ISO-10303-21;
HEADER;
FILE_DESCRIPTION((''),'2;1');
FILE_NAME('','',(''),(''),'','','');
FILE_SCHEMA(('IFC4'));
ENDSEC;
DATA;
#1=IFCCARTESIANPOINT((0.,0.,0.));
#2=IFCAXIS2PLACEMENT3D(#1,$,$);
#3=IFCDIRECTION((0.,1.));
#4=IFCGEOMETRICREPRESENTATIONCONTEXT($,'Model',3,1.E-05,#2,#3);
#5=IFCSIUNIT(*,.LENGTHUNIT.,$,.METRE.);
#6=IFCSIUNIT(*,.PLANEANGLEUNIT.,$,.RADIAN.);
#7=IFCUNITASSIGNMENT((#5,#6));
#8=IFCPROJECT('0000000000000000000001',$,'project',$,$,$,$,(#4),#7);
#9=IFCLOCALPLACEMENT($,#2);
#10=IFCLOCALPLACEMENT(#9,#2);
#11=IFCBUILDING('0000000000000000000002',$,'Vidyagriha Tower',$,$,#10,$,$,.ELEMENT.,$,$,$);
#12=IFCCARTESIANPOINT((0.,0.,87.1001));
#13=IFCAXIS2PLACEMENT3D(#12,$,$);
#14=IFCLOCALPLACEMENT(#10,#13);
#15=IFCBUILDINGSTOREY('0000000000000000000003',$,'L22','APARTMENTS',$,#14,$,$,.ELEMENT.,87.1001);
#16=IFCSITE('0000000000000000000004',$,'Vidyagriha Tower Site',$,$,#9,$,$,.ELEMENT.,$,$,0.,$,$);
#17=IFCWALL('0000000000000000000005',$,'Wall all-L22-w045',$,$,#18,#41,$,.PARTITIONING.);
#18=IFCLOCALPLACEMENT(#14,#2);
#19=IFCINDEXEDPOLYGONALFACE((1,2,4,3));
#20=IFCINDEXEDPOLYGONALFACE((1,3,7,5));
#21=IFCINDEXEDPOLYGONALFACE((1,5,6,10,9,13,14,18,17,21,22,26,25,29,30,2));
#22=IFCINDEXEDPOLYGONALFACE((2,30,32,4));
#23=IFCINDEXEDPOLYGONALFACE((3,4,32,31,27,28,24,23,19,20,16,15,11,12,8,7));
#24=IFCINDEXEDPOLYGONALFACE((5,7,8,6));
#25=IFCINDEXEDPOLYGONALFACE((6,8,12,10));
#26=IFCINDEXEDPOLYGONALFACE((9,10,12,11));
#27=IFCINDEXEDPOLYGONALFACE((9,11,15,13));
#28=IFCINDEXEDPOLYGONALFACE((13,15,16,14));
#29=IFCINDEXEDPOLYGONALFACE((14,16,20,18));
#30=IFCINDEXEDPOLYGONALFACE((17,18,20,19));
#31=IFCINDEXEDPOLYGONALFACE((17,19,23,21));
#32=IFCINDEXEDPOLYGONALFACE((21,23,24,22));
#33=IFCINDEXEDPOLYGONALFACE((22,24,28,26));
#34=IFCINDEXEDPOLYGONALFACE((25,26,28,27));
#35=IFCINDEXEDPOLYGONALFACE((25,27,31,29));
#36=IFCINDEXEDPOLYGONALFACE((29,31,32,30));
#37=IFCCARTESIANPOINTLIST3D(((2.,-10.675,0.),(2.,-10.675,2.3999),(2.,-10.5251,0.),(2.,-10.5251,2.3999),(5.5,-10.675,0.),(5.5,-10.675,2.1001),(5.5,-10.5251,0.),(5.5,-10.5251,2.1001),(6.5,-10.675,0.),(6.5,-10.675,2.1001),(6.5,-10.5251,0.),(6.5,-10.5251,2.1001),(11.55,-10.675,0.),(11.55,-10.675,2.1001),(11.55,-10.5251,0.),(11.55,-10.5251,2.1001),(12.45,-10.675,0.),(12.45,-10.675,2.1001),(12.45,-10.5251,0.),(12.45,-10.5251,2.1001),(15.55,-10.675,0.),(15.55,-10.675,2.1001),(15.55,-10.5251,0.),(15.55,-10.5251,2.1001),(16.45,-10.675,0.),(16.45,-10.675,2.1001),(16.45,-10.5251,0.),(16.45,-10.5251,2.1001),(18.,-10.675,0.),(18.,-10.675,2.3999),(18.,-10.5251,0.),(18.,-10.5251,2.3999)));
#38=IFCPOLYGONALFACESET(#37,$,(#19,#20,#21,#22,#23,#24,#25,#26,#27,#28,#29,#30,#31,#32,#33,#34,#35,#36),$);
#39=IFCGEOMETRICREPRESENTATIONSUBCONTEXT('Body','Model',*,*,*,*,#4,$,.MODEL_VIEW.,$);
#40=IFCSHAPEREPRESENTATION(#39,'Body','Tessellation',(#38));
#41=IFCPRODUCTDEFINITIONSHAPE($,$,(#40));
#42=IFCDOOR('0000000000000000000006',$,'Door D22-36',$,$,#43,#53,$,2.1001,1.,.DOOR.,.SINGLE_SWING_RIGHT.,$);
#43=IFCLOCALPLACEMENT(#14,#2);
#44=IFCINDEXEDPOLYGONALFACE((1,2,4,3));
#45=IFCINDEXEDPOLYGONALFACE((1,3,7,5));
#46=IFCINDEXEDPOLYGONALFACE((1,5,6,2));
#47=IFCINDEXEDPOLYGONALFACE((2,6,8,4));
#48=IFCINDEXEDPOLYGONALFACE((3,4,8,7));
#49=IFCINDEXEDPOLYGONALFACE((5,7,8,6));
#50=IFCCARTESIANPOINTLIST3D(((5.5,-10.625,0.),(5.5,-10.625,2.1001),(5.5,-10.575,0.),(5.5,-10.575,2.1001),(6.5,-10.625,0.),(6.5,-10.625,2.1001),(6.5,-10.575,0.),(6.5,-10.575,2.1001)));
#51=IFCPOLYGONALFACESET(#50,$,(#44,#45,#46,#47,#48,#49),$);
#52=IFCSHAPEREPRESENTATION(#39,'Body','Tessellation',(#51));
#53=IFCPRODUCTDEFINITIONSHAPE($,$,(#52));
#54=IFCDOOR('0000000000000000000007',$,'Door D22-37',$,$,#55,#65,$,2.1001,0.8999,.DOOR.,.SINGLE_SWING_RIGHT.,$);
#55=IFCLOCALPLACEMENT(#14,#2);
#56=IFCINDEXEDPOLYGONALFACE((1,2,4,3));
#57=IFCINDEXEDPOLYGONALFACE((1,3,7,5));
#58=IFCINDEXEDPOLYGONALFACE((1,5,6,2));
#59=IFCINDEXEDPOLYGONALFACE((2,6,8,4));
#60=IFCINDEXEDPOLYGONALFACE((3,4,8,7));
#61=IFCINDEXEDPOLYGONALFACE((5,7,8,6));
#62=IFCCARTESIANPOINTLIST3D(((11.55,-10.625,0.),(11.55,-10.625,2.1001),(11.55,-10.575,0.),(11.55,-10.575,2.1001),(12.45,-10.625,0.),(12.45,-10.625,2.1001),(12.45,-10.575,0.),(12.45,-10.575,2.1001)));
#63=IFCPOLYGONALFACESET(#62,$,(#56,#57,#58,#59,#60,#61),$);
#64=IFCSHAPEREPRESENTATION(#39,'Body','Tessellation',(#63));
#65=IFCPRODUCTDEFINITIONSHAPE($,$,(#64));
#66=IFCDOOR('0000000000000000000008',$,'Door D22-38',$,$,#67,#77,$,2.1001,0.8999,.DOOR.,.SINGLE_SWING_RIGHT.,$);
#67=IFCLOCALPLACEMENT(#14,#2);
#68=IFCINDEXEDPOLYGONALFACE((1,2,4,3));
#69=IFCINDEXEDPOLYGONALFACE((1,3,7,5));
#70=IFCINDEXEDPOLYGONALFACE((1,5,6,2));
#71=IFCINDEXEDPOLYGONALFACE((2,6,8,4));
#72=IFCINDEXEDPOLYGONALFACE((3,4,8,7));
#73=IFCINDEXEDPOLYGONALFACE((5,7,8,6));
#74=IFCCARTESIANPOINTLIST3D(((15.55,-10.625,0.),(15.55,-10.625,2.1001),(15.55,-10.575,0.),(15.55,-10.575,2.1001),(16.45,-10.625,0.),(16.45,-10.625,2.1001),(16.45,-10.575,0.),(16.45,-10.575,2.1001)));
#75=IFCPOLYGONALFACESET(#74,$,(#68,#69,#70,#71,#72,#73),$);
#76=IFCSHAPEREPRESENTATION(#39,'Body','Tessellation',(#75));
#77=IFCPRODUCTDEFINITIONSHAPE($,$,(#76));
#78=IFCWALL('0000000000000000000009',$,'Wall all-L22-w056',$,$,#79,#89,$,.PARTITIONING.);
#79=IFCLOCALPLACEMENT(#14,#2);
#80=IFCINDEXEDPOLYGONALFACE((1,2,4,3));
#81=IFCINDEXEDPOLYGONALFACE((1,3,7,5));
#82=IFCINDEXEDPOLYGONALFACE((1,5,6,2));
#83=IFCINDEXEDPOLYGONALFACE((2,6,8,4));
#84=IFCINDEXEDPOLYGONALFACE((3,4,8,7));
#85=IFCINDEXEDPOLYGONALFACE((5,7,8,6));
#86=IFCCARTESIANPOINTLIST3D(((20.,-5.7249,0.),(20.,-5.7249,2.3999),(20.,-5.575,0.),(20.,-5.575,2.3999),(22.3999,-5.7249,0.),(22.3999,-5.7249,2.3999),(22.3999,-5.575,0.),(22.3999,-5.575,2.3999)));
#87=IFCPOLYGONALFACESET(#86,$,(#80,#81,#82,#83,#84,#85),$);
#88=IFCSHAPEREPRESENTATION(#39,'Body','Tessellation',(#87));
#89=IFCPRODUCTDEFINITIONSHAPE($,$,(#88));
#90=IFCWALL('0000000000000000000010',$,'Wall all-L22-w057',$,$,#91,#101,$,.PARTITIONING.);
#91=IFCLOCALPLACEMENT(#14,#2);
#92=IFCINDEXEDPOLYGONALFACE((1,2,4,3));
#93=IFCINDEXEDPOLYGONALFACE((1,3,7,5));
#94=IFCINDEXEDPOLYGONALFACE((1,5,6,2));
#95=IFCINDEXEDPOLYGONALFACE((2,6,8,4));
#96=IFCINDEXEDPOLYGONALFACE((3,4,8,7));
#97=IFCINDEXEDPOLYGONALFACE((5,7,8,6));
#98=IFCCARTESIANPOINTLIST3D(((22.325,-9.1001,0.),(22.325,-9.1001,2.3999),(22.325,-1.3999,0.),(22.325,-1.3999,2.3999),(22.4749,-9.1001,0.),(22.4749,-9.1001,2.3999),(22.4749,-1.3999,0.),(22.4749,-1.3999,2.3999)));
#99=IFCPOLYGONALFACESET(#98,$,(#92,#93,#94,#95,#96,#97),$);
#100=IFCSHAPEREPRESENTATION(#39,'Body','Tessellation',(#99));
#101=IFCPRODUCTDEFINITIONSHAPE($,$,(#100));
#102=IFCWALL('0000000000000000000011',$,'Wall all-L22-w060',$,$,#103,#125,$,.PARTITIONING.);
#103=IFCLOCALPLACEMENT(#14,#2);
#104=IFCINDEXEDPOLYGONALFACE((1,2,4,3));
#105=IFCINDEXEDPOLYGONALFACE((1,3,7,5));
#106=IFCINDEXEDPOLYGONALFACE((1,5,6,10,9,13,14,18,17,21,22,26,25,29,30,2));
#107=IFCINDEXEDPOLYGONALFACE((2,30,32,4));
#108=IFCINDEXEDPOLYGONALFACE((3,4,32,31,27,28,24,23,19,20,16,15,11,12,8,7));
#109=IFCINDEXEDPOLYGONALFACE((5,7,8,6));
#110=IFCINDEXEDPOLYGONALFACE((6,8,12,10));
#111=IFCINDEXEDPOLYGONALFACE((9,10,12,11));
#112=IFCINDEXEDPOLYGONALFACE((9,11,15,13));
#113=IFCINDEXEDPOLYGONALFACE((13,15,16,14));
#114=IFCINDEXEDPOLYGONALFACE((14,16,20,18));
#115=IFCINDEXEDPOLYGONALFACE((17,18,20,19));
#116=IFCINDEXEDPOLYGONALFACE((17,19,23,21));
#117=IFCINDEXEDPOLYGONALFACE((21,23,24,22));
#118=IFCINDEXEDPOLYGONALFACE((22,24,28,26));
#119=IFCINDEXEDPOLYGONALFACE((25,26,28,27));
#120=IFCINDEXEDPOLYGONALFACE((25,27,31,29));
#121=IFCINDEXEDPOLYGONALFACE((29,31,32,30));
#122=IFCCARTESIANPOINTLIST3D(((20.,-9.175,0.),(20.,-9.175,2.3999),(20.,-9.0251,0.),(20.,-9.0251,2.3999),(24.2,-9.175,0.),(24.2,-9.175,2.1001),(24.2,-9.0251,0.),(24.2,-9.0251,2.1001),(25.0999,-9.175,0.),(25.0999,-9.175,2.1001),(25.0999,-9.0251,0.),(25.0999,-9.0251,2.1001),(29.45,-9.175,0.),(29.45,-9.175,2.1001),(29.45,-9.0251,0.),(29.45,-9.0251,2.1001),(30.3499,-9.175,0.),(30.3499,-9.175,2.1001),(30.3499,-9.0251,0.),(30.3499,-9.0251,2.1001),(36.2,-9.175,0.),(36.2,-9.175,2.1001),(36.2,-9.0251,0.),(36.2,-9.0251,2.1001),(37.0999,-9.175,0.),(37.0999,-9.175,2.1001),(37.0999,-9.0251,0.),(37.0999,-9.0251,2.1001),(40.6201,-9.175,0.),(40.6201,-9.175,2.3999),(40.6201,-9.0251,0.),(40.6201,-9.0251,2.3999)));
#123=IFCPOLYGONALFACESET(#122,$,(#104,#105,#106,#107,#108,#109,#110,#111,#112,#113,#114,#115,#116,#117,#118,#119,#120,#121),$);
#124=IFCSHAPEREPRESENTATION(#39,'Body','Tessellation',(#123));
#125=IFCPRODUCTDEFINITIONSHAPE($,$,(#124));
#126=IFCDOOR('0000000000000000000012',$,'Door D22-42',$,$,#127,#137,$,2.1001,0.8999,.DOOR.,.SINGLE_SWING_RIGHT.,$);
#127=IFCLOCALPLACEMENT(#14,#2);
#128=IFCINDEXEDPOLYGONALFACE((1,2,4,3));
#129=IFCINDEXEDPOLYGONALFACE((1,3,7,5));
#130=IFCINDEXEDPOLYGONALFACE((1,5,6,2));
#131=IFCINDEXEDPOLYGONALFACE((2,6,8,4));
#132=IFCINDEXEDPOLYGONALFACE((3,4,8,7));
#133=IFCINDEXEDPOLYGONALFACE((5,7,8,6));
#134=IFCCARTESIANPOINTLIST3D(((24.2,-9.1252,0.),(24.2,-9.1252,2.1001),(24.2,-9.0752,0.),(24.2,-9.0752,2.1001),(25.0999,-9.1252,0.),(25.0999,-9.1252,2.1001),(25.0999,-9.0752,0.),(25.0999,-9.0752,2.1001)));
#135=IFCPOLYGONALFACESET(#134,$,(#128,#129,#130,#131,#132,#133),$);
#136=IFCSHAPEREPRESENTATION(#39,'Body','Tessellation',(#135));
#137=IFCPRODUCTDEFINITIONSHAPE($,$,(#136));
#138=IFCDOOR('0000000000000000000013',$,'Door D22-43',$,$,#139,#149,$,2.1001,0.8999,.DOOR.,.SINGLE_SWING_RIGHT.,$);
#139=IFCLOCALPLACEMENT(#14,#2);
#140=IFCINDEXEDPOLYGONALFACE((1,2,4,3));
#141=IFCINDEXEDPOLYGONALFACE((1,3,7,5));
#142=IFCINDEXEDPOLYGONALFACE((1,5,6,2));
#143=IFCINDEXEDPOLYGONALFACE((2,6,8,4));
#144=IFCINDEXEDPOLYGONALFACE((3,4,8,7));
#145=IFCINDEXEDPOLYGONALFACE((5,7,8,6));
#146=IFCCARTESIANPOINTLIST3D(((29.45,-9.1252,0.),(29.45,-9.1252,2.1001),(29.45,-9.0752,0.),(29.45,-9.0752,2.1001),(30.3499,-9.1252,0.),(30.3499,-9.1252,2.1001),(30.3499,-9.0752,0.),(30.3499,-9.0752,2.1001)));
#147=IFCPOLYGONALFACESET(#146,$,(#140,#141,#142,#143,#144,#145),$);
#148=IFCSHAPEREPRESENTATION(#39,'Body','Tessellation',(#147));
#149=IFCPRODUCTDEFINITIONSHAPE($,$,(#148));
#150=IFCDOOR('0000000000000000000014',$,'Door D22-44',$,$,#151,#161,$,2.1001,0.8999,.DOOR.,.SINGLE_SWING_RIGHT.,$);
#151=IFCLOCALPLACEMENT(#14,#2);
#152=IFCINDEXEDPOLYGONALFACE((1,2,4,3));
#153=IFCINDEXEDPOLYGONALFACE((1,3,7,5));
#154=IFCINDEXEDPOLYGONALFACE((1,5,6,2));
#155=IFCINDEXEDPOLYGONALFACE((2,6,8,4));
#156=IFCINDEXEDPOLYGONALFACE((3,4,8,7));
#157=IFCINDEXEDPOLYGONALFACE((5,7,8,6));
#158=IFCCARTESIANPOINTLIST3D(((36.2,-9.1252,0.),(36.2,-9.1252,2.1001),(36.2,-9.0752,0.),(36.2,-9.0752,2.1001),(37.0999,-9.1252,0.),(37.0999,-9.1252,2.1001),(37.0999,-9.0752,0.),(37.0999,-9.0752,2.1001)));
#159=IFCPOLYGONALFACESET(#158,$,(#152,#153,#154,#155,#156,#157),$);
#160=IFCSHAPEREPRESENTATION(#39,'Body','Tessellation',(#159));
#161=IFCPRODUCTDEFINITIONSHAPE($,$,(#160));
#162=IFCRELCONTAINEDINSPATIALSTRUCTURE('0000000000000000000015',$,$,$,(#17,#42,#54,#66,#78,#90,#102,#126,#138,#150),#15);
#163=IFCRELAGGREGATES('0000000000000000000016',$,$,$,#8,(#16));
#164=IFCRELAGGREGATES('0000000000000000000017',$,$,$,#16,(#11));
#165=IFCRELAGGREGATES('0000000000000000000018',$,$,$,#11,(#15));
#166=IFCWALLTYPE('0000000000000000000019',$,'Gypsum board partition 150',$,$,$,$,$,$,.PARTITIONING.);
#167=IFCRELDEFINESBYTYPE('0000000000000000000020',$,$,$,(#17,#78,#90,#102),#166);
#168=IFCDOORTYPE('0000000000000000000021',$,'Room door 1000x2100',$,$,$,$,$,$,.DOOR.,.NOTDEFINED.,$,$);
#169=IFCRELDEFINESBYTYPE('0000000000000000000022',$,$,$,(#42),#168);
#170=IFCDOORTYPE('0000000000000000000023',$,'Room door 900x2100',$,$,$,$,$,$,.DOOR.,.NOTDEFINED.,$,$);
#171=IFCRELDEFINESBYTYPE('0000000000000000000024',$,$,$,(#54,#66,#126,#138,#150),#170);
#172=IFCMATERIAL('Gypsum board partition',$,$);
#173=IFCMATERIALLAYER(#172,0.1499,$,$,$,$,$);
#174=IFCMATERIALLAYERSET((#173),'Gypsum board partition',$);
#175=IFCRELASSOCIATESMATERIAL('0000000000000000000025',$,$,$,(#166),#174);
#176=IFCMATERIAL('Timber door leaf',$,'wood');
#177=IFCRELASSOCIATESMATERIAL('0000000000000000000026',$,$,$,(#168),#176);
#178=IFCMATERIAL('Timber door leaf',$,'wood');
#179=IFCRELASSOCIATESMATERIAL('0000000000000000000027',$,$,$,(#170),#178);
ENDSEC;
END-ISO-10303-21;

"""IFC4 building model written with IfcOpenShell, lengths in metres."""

from ifc_helpers import new_model, si_unit, direction, frame, frame_2d, origin, place, context, subcontext, project, spatial, rectangle, extrude, material, layer, layer_set, type_object, element, fill, save


model = new_model("IFC4")

# Units and contexts
model_context = context("Model", 3, precision=1e-05, world=origin(), true_north=direction((0.0, 1.0)))
body_context = subcontext(model_context, "Body", "Model", "MODEL_VIEW")
ifc_project = project(units=[si_unit("LENGTHUNIT", "METRE"), si_unit("PLANEANGLEUNIT", "RADIAN")], contexts=[model_context])

# Site, building, storey
site_placement = place(None, origin())
site = spatial("IfcSite", under=ifc_project, at=site_placement, Name="Vidyagriha Tower Site", CompositionType="ELEMENT", RefElevation=0.0)
building_placement = place(site_placement, origin())
building = spatial("IfcBuilding", under=site, at=building_placement, Name="Vidyagriha Tower", CompositionType="ELEMENT")
storey_placement = place(building_placement, frame((0.0, 0.0, 87.1001)))
storey = spatial("IfcBuildingStorey", under=building, at=storey_placement, Name="L22", Description="APARTMENTS", CompositionType="ELEMENT", Elevation=87.1001)

# Wall, openings, doors
ifc_material_1 = material(Name="Gypsum board partition")
ifc_layer_1 = layer(ifc_material_1, 0.1499)
ifc_layer_set_1 = layer_set([ifc_layer_1], Name="Gypsum board partition")
wall_type_1 = type_object("IfcWallType", Name="Gypsum board partition 150", PredefinedType="PARTITIONING", material=ifc_layer_set_1)
wall_1_placement = place(storey_placement, frame((18.0, -10.6001, 0.0), z_axis=(0.0, 0.0, 1.0), x_axis=(-1.0, 0.0, 0.0)))
wall_1 = element("IfcWall", 1, at=wall_1_placement, inside=storey, type_object=wall_type_1, Name="Wall all-L22-w045", PredefinedType="PARTITIONING", context=body_context, shape_type="SweptSolid", body=[
    extrude(rectangle(XDim=16.0, YDim=0.1499, at=frame_2d((8.0, 0.0))), origin(), (0.0, 0.0, 1.0), 2.3999),
])
opening_1_placement = place(wall_1_placement, frame((11.5, 0.0, 0.0)))
opening_1 = element("IfcOpeningElement", 2, at=opening_1_placement, cuts=wall_1, PredefinedType="OPENING", context=body_context, shape_type="SweptSolid", body=[
    extrude(rectangle(XDim=1.0, YDim=2.1001, at=frame_2d((0.5, 1.05))), frame((0.0, 0.085, 0.0), z_axis=(0.0, -1.0, 0.0), x_axis=(1.0, 0.0, 0.0)), (0.0, 0.0, 1.0), 0.1699),
])
opening_2_placement = place(wall_1_placement, frame((5.55, 0.0, 0.0)))
opening_2 = element("IfcOpeningElement", 3, at=opening_2_placement, cuts=wall_1, PredefinedType="OPENING", context=body_context, shape_type="SweptSolid", body=[
    extrude(rectangle(XDim=0.8999, YDim=2.1001, at=frame_2d((0.45, 1.05))), frame((0.0, 0.085, 0.0), z_axis=(0.0, -1.0, 0.0), x_axis=(1.0, 0.0, 0.0)), (0.0, 0.0, 1.0), 0.1699),
])
opening_3_placement = place(wall_1_placement, frame((1.55, 0.0, 0.0)))
opening_3 = element("IfcOpeningElement", 4, at=opening_3_placement, cuts=wall_1, PredefinedType="OPENING", context=body_context, shape_type="SweptSolid", body=[
    extrude(rectangle(XDim=0.8999, YDim=2.1001, at=frame_2d((0.45, 1.05))), frame((0.0, 0.085, 0.0), z_axis=(0.0, -1.0, 0.0), x_axis=(1.0, 0.0, 0.0)), (0.0, 0.0, 1.0), 0.1699),
])
ifc_material_2 = material(Name="Timber door leaf", Category="wood")
door_type_1 = type_object("IfcDoorType", Name="Room door 1000x2100", OperationType="NOTDEFINED", PredefinedType="DOOR", material=ifc_material_2)
door_1_placement = place(opening_1_placement, origin())
door_1 = element("IfcDoor", 5, at=door_1_placement, inside=storey, type_object=door_type_1, Name="Door D22-36", OperationType="SINGLE_SWING_RIGHT", OverallHeight=2.1001, OverallWidth=1.0, PredefinedType="DOOR", context=body_context, shape_type="SweptSolid", body=[
    extrude(rectangle(XDim=1.0, YDim=2.1001, at=frame_2d((0.5, 1.05))), frame((0.0, 0.0249, 0.0), z_axis=(0.0, -1.0, 0.0), x_axis=(1.0, 0.0, 0.0)), (0.0, 0.0, 1.0), 0.05),
])
fill(opening_1, door_1)
ifc_material_3 = material(Name="Timber door leaf", Category="wood")
door_type_2 = type_object("IfcDoorType", Name="Room door 900x2100", OperationType="NOTDEFINED", PredefinedType="DOOR", material=ifc_material_3)
door_2_placement = place(opening_2_placement, origin())
door_2 = element("IfcDoor", 6, at=door_2_placement, inside=storey, type_object=door_type_2, Name="Door D22-37", OperationType="SINGLE_SWING_RIGHT", OverallHeight=2.1001, OverallWidth=0.8999, PredefinedType="DOOR", context=body_context, shape_type="SweptSolid", body=[
    extrude(rectangle(XDim=0.8999, YDim=2.1001, at=frame_2d((0.45, 1.05))), frame((0.0, 0.0249, 0.0), z_axis=(0.0, -1.0, 0.0), x_axis=(1.0, 0.0, 0.0)), (0.0, 0.0, 1.0), 0.05),
])
fill(opening_2, door_2)
door_3_placement = place(opening_3_placement, origin())
door_3 = element("IfcDoor", 7, at=door_3_placement, inside=storey, type_object=door_type_2, Name="Door D22-38", OperationType="SINGLE_SWING_RIGHT", OverallHeight=2.1001, OverallWidth=0.8999, PredefinedType="DOOR", context=body_context, shape_type="SweptSolid", body=[
    extrude(rectangle(XDim=0.8999, YDim=2.1001, at=frame_2d((0.45, 1.05))), frame((0.0, 0.0249, 0.0), z_axis=(0.0, -1.0, 0.0), x_axis=(1.0, 0.0, 0.0)), (0.0, 0.0, 1.0), 0.05),
])
fill(opening_3, door_3)

# Walls
wall_2_placement = place(storey_placement, frame((22.3999, -5.6499, 0.0), z_axis=(0.0, 0.0, 1.0), x_axis=(-1.0, 0.0, 0.0)))
element("IfcWall", 8, at=wall_2_placement, inside=storey, type_object=wall_type_1, Name="Wall all-L22-w056", PredefinedType="PARTITIONING", context=body_context, shape_type="SweptSolid", body=[
    extrude(rectangle(XDim=2.3999, YDim=0.1499, at=frame_2d((1.2, 0.0))), origin(), (0.0, 0.0, 1.0), 2.3999),
])
wall_3_placement = place(storey_placement, frame((22.3999, -1.3999, 0.0), z_axis=(0.0, 0.0, 1.0), x_axis=(0.0, -1.0, 0.0)))
element("IfcWall", 9, at=wall_3_placement, inside=storey, type_object=wall_type_1, Name="Wall all-L22-w057", PredefinedType="PARTITIONING", context=body_context, shape_type="SweptSolid", body=[
    extrude(rectangle(XDim=7.7002, YDim=0.1499, at=frame_2d((3.8501, 0.0))), origin(), (0.0, 0.0, 1.0), 2.3999),
])

# Wall, openings, doors
wall_4_placement = place(storey_placement, frame((20.0, -9.1001, 0.0)))
wall_4 = element("IfcWall", 10, at=wall_4_placement, inside=storey, type_object=wall_type_1, Name="Wall all-L22-w060", PredefinedType="PARTITIONING", context=body_context, shape_type="SweptSolid", body=[
    extrude(rectangle(XDim=20.6201, YDim=0.1499, at=frame_2d((10.3101, 0.0))), origin(), (0.0, 0.0, 1.0), 2.3999),
])
opening_4_placement = place(wall_4_placement, frame((4.2, 0.0, 0.0)))
opening_4 = element("IfcOpeningElement", 11, at=opening_4_placement, cuts=wall_4, PredefinedType="OPENING", context=body_context, shape_type="SweptSolid", body=[
    extrude(rectangle(XDim=0.8999, YDim=2.1001, at=frame_2d((0.45, 1.05))), frame((0.0, 0.085, 0.0), z_axis=(0.0, -1.0, 0.0), x_axis=(1.0, 0.0, 0.0)), (0.0, 0.0, 1.0), 0.1699),
])
opening_5_placement = place(wall_4_placement, frame((9.45, 0.0, 0.0)))
opening_5 = element("IfcOpeningElement", 12, at=opening_5_placement, cuts=wall_4, PredefinedType="OPENING", context=body_context, shape_type="SweptSolid", body=[
    extrude(rectangle(XDim=0.8999, YDim=2.1001, at=frame_2d((0.45, 1.05))), frame((0.0, 0.085, 0.0), z_axis=(0.0, -1.0, 0.0), x_axis=(1.0, 0.0, 0.0)), (0.0, 0.0, 1.0), 0.1699),
])
opening_6_placement = place(wall_4_placement, frame((16.2, 0.0, 0.0)))
opening_6 = element("IfcOpeningElement", 13, at=opening_6_placement, cuts=wall_4, PredefinedType="OPENING", context=body_context, shape_type="SweptSolid", body=[
    extrude(rectangle(XDim=0.8999, YDim=2.1001, at=frame_2d((0.45, 1.05))), frame((0.0, 0.085, 0.0), z_axis=(0.0, -1.0, 0.0), x_axis=(1.0, 0.0, 0.0)), (0.0, 0.0, 1.0), 0.1699),
])
door_4_placement = place(opening_4_placement, origin())
door_4 = element("IfcDoor", 14, at=door_4_placement, inside=storey, type_object=door_type_2, Name="Door D22-42", OperationType="SINGLE_SWING_RIGHT", OverallHeight=2.1001, OverallWidth=0.8999, PredefinedType="DOOR", context=body_context, shape_type="SweptSolid", body=[
    extrude(rectangle(XDim=0.8999, YDim=2.1001, at=frame_2d((0.45, 1.05))), frame((0.0, 0.0249, 0.0), z_axis=(0.0, -1.0, 0.0), x_axis=(1.0, 0.0, 0.0)), (0.0, 0.0, 1.0), 0.05),
])
fill(opening_4, door_4)
door_5_placement = place(opening_5_placement, origin())
door_5 = element("IfcDoor", 15, at=door_5_placement, inside=storey, type_object=door_type_2, Name="Door D22-43", OperationType="SINGLE_SWING_RIGHT", OverallHeight=2.1001, OverallWidth=0.8999, PredefinedType="DOOR", context=body_context, shape_type="SweptSolid", body=[
    extrude(rectangle(XDim=0.8999, YDim=2.1001, at=frame_2d((0.45, 1.05))), frame((0.0, 0.0249, 0.0), z_axis=(0.0, -1.0, 0.0), x_axis=(1.0, 0.0, 0.0)), (0.0, 0.0, 1.0), 0.05),
])
fill(opening_5, door_5)
door_6_placement = place(opening_6_placement, origin())
door_6 = element("IfcDoor", 16, at=door_6_placement, inside=storey, type_object=door_type_2, Name="Door D22-44", OperationType="SINGLE_SWING_RIGHT", OverallHeight=2.1001, OverallWidth=0.8999, PredefinedType="DOOR", context=body_context, shape_type="SweptSolid", body=[
    extrude(rectangle(XDim=0.8999, YDim=2.1001, at=frame_2d((0.45, 1.05))), frame((0.0, 0.0249, 0.0), z_axis=(0.0, -1.0, 0.0), x_axis=(1.0, 0.0, 0.0)), (0.0, 0.0, 1.0), 0.05),
])
fill(opening_6, door_6)

save(model, "model.ifc")
